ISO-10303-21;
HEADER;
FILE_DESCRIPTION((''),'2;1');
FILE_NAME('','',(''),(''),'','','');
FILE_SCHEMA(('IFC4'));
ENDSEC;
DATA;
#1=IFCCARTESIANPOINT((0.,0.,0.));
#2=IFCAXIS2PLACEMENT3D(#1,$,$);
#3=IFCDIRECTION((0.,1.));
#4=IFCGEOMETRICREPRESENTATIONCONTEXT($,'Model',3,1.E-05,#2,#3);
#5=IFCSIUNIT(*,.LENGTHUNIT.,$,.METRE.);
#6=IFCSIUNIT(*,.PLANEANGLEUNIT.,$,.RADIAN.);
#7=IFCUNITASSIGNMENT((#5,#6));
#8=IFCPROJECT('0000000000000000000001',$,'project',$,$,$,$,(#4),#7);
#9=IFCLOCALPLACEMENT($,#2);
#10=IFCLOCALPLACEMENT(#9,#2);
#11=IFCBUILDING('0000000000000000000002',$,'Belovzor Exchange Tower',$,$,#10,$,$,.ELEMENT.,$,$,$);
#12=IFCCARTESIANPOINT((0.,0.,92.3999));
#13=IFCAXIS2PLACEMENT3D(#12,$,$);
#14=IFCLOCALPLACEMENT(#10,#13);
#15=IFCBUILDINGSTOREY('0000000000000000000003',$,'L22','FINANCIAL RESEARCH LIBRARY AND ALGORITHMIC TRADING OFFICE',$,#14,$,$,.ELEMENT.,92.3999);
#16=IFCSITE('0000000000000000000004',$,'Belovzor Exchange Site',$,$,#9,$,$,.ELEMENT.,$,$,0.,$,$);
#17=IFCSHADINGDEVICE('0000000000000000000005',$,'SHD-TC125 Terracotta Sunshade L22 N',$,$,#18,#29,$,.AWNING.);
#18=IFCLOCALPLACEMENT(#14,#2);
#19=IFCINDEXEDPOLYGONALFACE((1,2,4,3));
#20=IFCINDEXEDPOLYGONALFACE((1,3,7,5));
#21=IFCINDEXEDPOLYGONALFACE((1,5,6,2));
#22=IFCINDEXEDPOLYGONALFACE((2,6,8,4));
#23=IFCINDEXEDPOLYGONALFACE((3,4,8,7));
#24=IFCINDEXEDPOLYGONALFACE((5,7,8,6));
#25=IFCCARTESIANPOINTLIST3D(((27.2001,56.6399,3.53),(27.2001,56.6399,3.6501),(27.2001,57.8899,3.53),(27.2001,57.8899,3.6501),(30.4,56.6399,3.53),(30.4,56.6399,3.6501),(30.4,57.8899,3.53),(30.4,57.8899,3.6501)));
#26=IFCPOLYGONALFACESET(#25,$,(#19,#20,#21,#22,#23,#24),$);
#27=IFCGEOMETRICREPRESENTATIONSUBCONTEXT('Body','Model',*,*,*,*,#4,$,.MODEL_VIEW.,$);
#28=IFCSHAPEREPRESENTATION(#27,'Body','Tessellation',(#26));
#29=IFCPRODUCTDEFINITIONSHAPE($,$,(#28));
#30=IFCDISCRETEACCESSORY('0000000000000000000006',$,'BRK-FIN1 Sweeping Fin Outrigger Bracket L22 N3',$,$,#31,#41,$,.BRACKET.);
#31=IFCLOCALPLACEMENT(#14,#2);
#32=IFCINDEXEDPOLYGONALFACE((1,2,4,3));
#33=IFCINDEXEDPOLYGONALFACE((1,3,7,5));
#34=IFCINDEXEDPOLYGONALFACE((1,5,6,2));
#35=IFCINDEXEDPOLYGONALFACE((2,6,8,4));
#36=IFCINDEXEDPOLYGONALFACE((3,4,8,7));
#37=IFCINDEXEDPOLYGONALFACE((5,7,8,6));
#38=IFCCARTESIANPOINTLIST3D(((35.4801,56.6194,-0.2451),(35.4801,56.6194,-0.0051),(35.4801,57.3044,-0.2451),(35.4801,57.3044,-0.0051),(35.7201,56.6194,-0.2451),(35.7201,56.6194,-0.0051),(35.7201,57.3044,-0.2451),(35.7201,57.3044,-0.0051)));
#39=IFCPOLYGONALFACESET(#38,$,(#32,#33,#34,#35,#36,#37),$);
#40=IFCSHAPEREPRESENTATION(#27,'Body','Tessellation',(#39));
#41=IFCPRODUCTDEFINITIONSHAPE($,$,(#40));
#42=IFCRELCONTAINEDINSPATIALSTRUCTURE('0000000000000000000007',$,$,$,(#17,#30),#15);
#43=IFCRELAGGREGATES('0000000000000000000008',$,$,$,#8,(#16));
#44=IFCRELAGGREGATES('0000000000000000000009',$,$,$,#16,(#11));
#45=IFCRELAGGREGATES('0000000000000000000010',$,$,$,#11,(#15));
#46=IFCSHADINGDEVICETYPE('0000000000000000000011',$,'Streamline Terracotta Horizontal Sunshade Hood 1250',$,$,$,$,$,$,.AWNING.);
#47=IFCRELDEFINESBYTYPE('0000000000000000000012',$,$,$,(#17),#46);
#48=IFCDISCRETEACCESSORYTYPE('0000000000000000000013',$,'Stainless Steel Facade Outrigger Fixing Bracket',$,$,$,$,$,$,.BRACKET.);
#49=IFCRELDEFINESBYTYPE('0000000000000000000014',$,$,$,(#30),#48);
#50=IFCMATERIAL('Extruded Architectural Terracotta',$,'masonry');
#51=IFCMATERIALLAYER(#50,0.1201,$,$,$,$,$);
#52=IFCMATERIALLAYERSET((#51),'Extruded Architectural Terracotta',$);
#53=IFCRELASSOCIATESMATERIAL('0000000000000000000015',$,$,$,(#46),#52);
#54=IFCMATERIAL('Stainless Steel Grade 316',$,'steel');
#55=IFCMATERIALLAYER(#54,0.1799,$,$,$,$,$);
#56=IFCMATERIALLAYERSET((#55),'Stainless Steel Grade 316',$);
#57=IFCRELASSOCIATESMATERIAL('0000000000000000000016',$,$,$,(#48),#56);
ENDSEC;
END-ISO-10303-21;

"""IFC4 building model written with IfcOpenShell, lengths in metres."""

from ifc_helpers import new_model, si_unit, direction, frame, origin, origin_2d, place, context, subcontext, project, spatial, rectangle, extrude, material, layer, layer_set, type_object, element, save


model = new_model("IFC4")

# Units and contexts
model_context = context("Model", 3, precision=1e-05, world=origin(), true_north=direction((0.0, 1.0)))
body_context = subcontext(model_context, "Body", "Model", "MODEL_VIEW")
ifc_project = project(units=[si_unit("LENGTHUNIT", "METRE"), si_unit("PLANEANGLEUNIT", "RADIAN")], contexts=[model_context])

# Site, building, storey
site_placement = place(None, origin())
site = spatial("IfcSite", under=ifc_project, at=site_placement, Name="Belovzor Exchange Site", CompositionType="ELEMENT", RefElevation=0.0)
building_placement = place(site_placement, origin())
building = spatial("IfcBuilding", under=site, at=building_placement, Name="Belovzor Exchange Tower", CompositionType="ELEMENT")
storey_placement = place(building_placement, frame((0.0, 0.0, 92.3999)))
storey = spatial("IfcBuildingStorey", under=building, at=storey_placement, Name="L22", Description="FINANCIAL RESEARCH LIBRARY AND ALGORITHMIC TRADING OFFICE", CompositionType="ELEMENT", Elevation=92.3999)

# Shading device
ifc_material_1 = material(Name="Extruded Architectural Terracotta", Category="masonry")
ifc_layer_1 = layer(ifc_material_1, 0.1201)
ifc_layer_set_1 = layer_set([ifc_layer_1], Name="Extruded Architectural Terracotta")
shading_device_type = type_object("IfcShadingDeviceType", Name="Streamline Terracotta Horizontal Sunshade Hood 1250", PredefinedType="AWNING", material=ifc_layer_set_1)
shading_device_placement = place(storey_placement, frame((28.8, 57.2649, 3.53), z_axis=(0.0, 0.0, 1.0), x_axis=(1.0, 0.0, 0.0)))
element("IfcShadingDevice", 1, at=shading_device_placement, inside=storey, type_object=shading_device_type, Name="SHD-TC125 Terracotta Sunshade L22 N", PredefinedType="AWNING", context=body_context, shape_type="SweptSolid", body=[
    extrude(rectangle(XDim=3.2, YDim=1.25, at=origin_2d()), origin(), (0.0, 0.0, 1.0), 0.1201),
])

# Discrete accessory
ifc_material_2 = material(Name="Stainless Steel Grade 316", Category="steel")
ifc_layer_2 = layer(ifc_material_2, 0.1799)
ifc_layer_set_2 = layer_set([ifc_layer_2], Name="Stainless Steel Grade 316")
discrete_accessory_type = type_object("IfcDiscreteAccessoryType", Name="Stainless Steel Facade Outrigger Fixing Bracket", PredefinedType="BRACKET", material=ifc_layer_set_2)
discrete_accessory_placement = place(storey_placement, frame((35.6001, 56.9619, -0.2451), z_axis=(0.0, 0.0, 1.0), x_axis=(0.0, 1.0, 0.0)))
element("IfcDiscreteAccessory", 2, at=discrete_accessory_placement, inside=storey, type_object=discrete_accessory_type, Name="BRK-FIN1 Sweeping Fin Outrigger Bracket L22 N3", PredefinedType="BRACKET", context=body_context, shape_type="SweptSolid", body=[
    extrude(rectangle(XDim=0.6851, YDim=0.24, at=origin_2d()), origin(), (0.0, 0.0, 1.0), 0.24),
])

save(model, "model.ifc")
